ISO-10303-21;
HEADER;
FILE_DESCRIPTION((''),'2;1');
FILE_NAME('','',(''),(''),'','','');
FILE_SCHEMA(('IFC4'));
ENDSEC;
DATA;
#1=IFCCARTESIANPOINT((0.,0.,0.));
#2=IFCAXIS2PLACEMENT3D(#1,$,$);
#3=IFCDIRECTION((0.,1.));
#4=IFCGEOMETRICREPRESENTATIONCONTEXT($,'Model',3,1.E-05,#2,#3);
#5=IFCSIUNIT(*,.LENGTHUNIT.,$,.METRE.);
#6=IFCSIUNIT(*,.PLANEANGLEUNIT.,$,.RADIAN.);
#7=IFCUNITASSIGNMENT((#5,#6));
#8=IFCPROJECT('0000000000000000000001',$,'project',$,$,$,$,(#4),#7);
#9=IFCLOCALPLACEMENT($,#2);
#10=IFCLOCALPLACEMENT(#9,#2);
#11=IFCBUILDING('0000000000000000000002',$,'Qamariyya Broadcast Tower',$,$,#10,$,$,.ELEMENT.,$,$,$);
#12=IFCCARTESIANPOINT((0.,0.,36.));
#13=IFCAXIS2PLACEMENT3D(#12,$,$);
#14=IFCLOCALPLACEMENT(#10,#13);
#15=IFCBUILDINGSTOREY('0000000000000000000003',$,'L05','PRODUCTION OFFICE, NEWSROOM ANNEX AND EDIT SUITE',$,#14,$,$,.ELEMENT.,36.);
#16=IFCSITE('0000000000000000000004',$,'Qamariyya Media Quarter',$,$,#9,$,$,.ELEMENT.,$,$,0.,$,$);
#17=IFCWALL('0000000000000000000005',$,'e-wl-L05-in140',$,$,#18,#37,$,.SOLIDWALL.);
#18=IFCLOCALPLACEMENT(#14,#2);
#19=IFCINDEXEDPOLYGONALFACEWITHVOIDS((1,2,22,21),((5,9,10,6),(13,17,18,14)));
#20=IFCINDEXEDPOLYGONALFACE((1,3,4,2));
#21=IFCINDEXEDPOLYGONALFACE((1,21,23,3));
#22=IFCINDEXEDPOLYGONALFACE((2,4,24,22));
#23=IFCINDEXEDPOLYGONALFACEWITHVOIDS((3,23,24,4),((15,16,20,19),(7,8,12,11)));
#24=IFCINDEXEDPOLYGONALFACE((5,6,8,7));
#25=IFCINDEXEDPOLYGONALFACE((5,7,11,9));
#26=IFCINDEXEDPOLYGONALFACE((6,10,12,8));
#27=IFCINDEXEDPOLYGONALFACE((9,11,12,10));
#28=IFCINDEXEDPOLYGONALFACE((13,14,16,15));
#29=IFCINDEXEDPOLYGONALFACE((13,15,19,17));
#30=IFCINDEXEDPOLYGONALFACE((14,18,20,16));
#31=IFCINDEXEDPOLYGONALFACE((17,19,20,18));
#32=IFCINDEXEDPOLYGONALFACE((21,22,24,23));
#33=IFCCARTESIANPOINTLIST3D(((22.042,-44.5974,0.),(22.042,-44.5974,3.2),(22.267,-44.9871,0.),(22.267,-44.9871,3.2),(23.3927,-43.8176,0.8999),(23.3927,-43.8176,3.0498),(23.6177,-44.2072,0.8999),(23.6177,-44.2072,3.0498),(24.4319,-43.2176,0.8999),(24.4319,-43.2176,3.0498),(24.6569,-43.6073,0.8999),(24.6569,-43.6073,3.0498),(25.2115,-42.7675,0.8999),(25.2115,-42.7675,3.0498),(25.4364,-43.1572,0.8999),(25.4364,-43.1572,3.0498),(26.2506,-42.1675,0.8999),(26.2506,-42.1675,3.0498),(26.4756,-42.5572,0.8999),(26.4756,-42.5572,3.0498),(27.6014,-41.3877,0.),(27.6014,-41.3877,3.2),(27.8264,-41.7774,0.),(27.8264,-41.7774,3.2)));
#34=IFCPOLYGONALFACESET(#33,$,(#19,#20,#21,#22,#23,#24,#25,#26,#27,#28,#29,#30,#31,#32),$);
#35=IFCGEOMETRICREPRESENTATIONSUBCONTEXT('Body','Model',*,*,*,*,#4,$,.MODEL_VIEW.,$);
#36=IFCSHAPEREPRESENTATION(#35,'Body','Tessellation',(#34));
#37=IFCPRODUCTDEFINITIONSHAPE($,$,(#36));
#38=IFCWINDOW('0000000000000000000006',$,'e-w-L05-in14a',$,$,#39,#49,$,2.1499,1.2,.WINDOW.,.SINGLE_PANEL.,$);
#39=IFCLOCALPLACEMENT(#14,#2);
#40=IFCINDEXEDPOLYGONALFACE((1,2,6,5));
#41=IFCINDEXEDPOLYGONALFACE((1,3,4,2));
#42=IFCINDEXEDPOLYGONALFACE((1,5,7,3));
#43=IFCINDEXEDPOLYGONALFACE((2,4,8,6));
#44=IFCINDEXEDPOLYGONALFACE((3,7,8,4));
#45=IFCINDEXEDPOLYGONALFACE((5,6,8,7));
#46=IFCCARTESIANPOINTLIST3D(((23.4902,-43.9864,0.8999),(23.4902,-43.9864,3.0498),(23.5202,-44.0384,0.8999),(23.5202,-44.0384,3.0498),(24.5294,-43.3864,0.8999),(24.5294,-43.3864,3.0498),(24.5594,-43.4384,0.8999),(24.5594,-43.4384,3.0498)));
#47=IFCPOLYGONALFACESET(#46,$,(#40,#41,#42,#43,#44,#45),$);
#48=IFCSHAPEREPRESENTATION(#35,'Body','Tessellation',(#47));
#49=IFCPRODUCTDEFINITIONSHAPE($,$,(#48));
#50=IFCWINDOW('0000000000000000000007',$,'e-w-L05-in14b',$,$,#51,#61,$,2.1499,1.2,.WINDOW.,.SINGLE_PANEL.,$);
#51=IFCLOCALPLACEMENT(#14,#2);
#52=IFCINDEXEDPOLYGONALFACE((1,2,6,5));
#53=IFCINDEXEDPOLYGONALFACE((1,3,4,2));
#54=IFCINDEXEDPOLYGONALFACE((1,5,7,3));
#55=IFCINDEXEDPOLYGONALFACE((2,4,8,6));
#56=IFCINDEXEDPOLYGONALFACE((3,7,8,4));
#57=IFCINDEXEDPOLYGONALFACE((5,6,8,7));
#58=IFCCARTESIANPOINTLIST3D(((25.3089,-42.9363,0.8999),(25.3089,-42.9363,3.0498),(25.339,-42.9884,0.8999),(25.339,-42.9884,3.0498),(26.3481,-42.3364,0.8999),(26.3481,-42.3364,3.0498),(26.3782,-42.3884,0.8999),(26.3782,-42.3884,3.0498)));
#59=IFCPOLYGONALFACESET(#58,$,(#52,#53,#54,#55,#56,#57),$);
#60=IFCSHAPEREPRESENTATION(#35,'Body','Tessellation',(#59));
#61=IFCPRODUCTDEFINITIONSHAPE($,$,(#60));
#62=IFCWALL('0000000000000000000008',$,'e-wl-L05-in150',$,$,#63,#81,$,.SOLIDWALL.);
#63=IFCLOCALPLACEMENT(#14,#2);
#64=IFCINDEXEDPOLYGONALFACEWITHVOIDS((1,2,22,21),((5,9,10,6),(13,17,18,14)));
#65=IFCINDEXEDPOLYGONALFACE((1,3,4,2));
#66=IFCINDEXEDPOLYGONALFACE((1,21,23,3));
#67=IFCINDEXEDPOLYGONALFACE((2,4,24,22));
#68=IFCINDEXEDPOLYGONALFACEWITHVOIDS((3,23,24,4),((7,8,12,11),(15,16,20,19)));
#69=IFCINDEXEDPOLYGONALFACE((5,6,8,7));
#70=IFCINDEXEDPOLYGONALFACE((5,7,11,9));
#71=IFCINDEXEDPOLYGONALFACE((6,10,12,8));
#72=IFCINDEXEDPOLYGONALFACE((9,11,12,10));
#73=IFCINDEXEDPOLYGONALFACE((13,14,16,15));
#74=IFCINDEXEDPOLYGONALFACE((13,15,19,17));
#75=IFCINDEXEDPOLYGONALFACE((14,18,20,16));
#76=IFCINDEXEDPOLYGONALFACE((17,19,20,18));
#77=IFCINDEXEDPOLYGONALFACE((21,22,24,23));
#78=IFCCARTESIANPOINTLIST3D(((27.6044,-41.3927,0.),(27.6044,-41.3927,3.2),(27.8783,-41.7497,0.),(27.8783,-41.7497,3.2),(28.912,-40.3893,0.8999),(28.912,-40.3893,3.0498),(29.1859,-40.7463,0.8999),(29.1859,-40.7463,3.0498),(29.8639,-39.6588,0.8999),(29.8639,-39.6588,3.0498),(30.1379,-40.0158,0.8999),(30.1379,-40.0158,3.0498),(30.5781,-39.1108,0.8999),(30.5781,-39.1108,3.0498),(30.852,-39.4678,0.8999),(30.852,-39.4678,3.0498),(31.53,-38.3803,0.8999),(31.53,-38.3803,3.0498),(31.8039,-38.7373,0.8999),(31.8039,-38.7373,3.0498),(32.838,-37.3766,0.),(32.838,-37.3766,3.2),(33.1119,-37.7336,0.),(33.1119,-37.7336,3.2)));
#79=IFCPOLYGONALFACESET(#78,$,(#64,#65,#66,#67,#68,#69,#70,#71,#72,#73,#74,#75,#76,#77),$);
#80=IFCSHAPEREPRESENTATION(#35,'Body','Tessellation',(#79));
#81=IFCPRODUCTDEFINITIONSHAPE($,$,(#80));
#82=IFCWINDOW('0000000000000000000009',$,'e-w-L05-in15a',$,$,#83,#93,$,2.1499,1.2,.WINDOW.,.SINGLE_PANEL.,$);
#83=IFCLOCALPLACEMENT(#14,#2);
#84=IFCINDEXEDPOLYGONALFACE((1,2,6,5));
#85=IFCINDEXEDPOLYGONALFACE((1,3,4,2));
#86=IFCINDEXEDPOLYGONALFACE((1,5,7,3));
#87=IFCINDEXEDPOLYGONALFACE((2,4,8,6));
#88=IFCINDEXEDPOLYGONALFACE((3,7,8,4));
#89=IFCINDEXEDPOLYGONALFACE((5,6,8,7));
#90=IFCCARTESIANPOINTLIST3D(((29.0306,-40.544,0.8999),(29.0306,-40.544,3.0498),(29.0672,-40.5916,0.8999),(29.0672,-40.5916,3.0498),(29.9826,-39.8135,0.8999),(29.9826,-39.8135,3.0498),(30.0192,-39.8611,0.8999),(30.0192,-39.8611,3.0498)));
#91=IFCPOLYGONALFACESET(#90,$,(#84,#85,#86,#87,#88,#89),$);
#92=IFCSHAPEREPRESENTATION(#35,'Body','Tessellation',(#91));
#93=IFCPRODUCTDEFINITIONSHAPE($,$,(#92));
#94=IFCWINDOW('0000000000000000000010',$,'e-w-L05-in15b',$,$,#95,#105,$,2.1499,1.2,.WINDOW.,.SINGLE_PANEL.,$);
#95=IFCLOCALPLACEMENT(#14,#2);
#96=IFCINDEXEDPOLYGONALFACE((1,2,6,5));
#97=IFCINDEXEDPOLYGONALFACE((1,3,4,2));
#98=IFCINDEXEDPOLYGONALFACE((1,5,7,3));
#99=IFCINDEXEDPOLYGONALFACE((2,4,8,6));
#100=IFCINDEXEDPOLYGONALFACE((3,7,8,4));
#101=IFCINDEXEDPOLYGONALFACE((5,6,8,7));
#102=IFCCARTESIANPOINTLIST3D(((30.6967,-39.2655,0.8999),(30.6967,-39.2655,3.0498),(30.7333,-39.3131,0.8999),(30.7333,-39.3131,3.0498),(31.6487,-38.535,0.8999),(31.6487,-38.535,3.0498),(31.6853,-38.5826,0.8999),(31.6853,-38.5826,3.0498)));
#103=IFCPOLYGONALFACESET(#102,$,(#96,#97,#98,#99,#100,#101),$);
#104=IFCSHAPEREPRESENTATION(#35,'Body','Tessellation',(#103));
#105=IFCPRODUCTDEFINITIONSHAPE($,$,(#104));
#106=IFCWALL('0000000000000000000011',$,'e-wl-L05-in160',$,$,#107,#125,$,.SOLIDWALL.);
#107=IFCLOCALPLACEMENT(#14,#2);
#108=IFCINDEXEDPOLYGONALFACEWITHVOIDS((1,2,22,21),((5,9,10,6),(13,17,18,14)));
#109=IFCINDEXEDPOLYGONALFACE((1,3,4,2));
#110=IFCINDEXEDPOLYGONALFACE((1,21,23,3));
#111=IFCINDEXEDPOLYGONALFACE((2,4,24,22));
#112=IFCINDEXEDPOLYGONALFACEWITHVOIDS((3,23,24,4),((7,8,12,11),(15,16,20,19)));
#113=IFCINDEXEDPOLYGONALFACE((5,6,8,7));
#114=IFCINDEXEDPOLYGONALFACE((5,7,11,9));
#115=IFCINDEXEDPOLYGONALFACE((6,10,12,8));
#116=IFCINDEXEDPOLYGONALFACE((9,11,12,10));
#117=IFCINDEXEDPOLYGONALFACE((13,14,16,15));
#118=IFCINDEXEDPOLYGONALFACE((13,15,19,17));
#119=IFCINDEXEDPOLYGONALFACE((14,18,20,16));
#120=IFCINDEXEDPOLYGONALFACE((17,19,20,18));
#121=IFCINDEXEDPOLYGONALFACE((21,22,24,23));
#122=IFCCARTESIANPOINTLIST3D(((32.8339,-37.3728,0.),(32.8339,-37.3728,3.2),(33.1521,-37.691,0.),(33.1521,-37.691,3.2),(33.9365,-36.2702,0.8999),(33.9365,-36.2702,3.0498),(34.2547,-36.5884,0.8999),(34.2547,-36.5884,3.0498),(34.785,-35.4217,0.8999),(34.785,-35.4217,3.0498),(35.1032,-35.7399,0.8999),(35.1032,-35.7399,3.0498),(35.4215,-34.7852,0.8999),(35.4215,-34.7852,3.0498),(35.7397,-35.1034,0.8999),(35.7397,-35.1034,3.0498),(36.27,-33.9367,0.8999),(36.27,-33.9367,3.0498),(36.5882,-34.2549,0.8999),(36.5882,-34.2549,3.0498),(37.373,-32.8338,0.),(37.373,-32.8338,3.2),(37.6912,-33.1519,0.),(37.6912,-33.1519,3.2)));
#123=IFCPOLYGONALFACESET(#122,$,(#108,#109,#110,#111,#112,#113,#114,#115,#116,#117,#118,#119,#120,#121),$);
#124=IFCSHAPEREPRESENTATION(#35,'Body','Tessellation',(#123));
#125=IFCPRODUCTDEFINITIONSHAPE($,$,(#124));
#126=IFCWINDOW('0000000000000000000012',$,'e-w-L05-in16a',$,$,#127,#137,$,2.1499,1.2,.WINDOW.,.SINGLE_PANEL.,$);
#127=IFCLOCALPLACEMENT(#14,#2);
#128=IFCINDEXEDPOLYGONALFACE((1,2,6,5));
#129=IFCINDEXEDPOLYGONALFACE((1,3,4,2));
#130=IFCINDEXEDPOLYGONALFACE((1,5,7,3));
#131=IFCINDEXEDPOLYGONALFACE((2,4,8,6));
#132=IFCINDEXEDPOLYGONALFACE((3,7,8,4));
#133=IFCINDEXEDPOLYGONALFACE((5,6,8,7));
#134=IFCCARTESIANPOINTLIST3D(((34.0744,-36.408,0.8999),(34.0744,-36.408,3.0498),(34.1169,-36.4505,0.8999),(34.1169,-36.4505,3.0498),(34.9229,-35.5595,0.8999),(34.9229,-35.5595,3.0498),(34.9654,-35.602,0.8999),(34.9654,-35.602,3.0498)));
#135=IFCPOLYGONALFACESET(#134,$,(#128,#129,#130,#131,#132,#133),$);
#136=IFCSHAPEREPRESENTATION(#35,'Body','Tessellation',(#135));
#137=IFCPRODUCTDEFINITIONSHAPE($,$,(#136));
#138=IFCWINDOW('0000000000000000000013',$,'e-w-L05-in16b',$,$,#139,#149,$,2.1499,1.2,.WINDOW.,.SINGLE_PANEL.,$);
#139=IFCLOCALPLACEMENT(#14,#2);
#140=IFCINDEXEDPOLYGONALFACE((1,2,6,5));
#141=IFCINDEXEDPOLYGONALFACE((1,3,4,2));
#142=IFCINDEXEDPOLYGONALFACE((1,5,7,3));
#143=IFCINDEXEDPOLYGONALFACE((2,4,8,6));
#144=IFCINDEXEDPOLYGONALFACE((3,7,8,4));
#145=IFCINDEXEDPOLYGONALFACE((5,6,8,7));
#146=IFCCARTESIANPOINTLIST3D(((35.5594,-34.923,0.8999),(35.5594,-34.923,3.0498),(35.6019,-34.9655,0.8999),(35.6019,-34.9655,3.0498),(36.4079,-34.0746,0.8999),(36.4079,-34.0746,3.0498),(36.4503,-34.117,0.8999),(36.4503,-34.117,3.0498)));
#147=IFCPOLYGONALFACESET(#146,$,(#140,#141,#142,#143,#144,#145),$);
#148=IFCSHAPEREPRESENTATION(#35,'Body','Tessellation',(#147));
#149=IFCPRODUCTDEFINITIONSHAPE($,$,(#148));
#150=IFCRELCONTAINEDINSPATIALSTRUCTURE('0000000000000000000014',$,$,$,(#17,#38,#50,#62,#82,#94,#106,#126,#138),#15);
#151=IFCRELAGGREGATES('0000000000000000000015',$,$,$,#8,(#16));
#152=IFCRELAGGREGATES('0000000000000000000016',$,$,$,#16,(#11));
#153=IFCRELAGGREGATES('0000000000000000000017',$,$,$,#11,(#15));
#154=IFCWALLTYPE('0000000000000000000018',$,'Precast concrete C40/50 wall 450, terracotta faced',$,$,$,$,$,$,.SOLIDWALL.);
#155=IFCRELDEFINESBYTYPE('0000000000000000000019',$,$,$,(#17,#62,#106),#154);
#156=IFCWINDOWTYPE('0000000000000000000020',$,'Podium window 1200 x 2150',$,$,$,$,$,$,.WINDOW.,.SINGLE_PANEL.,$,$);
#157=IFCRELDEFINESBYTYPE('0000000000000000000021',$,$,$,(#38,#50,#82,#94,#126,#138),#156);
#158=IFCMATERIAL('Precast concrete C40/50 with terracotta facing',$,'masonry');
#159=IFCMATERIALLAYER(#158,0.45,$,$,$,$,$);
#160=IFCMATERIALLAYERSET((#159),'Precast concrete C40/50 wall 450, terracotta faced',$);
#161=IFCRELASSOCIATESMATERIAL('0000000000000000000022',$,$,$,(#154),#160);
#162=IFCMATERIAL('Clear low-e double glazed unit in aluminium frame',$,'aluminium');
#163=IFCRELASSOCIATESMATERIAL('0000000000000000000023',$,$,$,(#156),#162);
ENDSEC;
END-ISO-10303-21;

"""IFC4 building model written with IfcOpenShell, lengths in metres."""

from ifc_helpers import new_model, si_unit, direction, frame, frame_2d, origin, place, context, subcontext, project, spatial, rectangle, extrude, material, layer, layer_set, type_object, element, fill, save


model = new_model("IFC4")

# Units and contexts
model_context = context("Model", 3, precision=1e-05, world=origin(), true_north=direction((0.0, 1.0)))
body_context = subcontext(model_context, "Body", "Model", "MODEL_VIEW")
ifc_project = project(units=[si_unit("LENGTHUNIT", "METRE"), si_unit("PLANEANGLEUNIT", "RADIAN")], contexts=[model_context])

# Site, building, storey
site_placement = place(None, origin())
site = spatial("IfcSite", under=ifc_project, at=site_placement, Name="Qamariyya Media Quarter", CompositionType="ELEMENT", RefElevation=0.0)
building_placement = place(site_placement, origin())
building = spatial("IfcBuilding", under=site, at=building_placement, Name="Qamariyya Broadcast Tower", CompositionType="ELEMENT")
storey_placement = place(building_placement, frame((0.0, 0.0, 36.0)))
storey = spatial("IfcBuildingStorey", under=building, at=storey_placement, Name="L05", Description="PRODUCTION OFFICE, NEWSROOM ANNEX AND EDIT SUITE", CompositionType="ELEMENT", Elevation=36.0)

# Walls, openings, windows
ifc_material_1 = material(Name="Precast concrete C40/50 with terracotta facing", Category="masonry")
ifc_layer_1 = layer(ifc_material_1, 0.45)
ifc_layer_set_1 = layer_set([ifc_layer_1], Name="Precast concrete C40/50 wall 450, terracotta faced")
wall_type_1 = type_object("IfcWallType", Name="Precast concrete C40/50 wall 450, terracotta faced", PredefinedType="SOLIDWALL", material=ifc_layer_set_1)
wall_1_placement = place(storey_placement, frame((27.7139, -41.5825, 0.0), z_axis=(0.0, 0.0, 1.0), x_axis=(-0.866023, -0.500004, 0.0)))
wall_1 = element("IfcWall", 1, at=wall_1_placement, inside=storey, type_object=wall_type_1, Name="e-wl-L05-in140", PredefinedType="SOLIDWALL", context=body_context, shape_type="SweptSolid", body=[
    extrude(rectangle(XDim=6.4194, YDim=0.45, at=frame_2d((3.2097, 0.0))), origin(), (0.0, 0.0, 1.0), 3.2),
])
opening_1_placement = place(wall_1_placement, frame((3.6597, 0.0, 0.8999)))
opening_1 = element("IfcOpeningElement", 2, at=opening_1_placement, cuts=wall_1, PredefinedType="OPENING", context=body_context, shape_type="SweptSolid", body=[
    extrude(rectangle(XDim=1.2, YDim=2.1499, at=frame_2d((0.6001, 1.075))), frame((0.0, 0.2349, 0.0), z_axis=(0.0, -1.0, 0.0), x_axis=(1.0, 0.0, 0.0)), (0.0, 0.0, 1.0), 0.47),
])
opening_2_placement = place(wall_1_placement, frame((1.5596, 0.0, 0.8999)))
opening_2 = element("IfcOpeningElement", 3, at=opening_2_placement, cuts=wall_1, PredefinedType="OPENING", context=body_context, shape_type="SweptSolid", body=[
    extrude(rectangle(XDim=1.2, YDim=2.1499, at=frame_2d((0.6001, 1.075))), frame((0.0, 0.2349, 0.0), z_axis=(0.0, -1.0, 0.0), x_axis=(1.0, 0.0, 0.0)), (0.0, 0.0, 1.0), 0.47),
])
ifc_material_2 = material(Name="Clear low-e double glazed unit in aluminium frame", Category="aluminium")
window_type = type_object("IfcWindowType", Name="Podium window 1200 x 2150", PartitioningType="SINGLE_PANEL", PredefinedType="WINDOW", material=ifc_material_2)
window_1_placement = place(opening_1_placement, origin())
window_1 = element("IfcWindow", 4, at=window_1_placement, inside=storey, type_object=window_type, Name="e-w-L05-in14a", OverallHeight=2.1499, OverallWidth=1.2, PartitioningType="SINGLE_PANEL", PredefinedType="WINDOW", context=body_context, shape_type="SweptSolid", body=[
    extrude(rectangle(XDim=1.2, YDim=2.1499, at=frame_2d((0.6001, 1.075))), frame((0.0, 0.03, 0.0), z_axis=(0.0, -1.0, 0.0), x_axis=(1.0, 0.0, 0.0)), (0.0, 0.0, 1.0), 0.0601),
])
fill(opening_1, window_1)
window_2_placement = place(opening_2_placement, origin())
window_2 = element("IfcWindow", 5, at=window_2_placement, inside=storey, type_object=window_type, Name="e-w-L05-in14b", OverallHeight=2.1499, OverallWidth=1.2, PartitioningType="SINGLE_PANEL", PredefinedType="WINDOW", context=body_context, shape_type="SweptSolid", body=[
    extrude(rectangle(XDim=1.2, YDim=2.1499, at=frame_2d((0.6001, 1.075))), frame((0.0, 0.03, 0.0), z_axis=(0.0, -1.0, 0.0), x_axis=(1.0, 0.0, 0.0)), (0.0, 0.0, 1.0), 0.0601),
])
fill(opening_2, window_2)
wall_2_placement = place(storey_placement, frame((32.9749, -37.5552, 0.0), z_axis=(0.0, 0.0, 1.0), x_axis=(-0.793339, -0.60878, 0.0)))
wall_2 = element("IfcWall", 6, at=wall_2_placement, inside=storey, type_object=wall_type_1, Name="e-wl-L05-in150", PredefinedType="SOLIDWALL", context=body_context, shape_type="SweptSolid", body=[
    extrude(rectangle(XDim=6.5969, YDim=0.45, at=frame_2d((3.2983, 0.0))), origin(), (0.0, 0.0, 1.0), 3.2),
])
opening_3_placement = place(wall_2_placement, frame((3.7485, 0.0, 0.8999)))
opening_3 = element("IfcOpeningElement", 7, at=opening_3_placement, cuts=wall_2, PredefinedType="OPENING", context=body_context, shape_type="SweptSolid", body=[
    extrude(rectangle(XDim=1.2, YDim=2.1499, at=frame_2d((0.6001, 1.075))), frame((0.0, 0.2349, 0.0), z_axis=(0.0, -1.0, 0.0), x_axis=(1.0, 0.0, 0.0)), (0.0, 0.0, 1.0), 0.47),
])
opening_4_placement = place(wall_2_placement, frame((1.6484, 0.0, 0.8999)))
opening_4 = element("IfcOpeningElement", 8, at=opening_4_placement, cuts=wall_2, PredefinedType="OPENING", context=body_context, shape_type="SweptSolid", body=[
    extrude(rectangle(XDim=1.2, YDim=2.1499, at=frame_2d((0.6001, 1.075))), frame((0.0, 0.2349, 0.0), z_axis=(0.0, -1.0, 0.0), x_axis=(1.0, 0.0, 0.0)), (0.0, 0.0, 1.0), 0.47),
])
window_3_placement = place(opening_3_placement, origin())
window_3 = element("IfcWindow", 9, at=window_3_placement, inside=storey, type_object=window_type, Name="e-w-L05-in15a", OverallHeight=2.1499, OverallWidth=1.2, PartitioningType="SINGLE_PANEL", PredefinedType="WINDOW", context=body_context, shape_type="SweptSolid", body=[
    extrude(rectangle(XDim=1.2, YDim=2.1499, at=frame_2d((0.6001, 1.075))), frame((0.0, 0.03, 0.0), z_axis=(0.0, -1.0, 0.0), x_axis=(1.0, 0.0, 0.0)), (0.0, 0.0, 1.0), 0.0601),
])
fill(opening_3, window_3)
window_4_placement = place(opening_4_placement, origin())
window_4 = element("IfcWindow", 10, at=window_4_placement, inside=storey, type_object=window_type, Name="e-w-L05-in15b", OverallHeight=2.1499, OverallWidth=1.2, PartitioningType="SINGLE_PANEL", PredefinedType="WINDOW", context=body_context, shape_type="SweptSolid", body=[
    extrude(rectangle(XDim=1.2, YDim=2.1499, at=frame_2d((0.6001, 1.075))), frame((0.0, 0.03, 0.0), z_axis=(0.0, -1.0, 0.0), x_axis=(1.0, 0.0, 0.0)), (0.0, 0.0, 1.0), 0.0601),
])
fill(opening_4, window_4)
wall_3_placement = place(storey_placement, frame((37.532, -32.9929, 0.0), z_axis=(0.0, 0.0, 1.0), x_axis=(-0.707107, -0.707107, 0.0)))
wall_3 = element("IfcWall", 11, at=wall_3_placement, inside=storey, type_object=wall_type_1, Name="e-wl-L05-in160", PredefinedType="SOLIDWALL", context=body_context, shape_type="SweptSolid", body=[
    extrude(rectangle(XDim=6.4192, YDim=0.45, at=frame_2d((3.2095, 0.0))), origin(), (0.0, 0.0, 1.0), 3.2),
])
opening_5_placement = place(wall_3_placement, frame((3.6597, 0.0, 0.8999)))
opening_5 = element("IfcOpeningElement", 12, at=opening_5_placement, cuts=wall_3, PredefinedType="OPENING", context=body_context, shape_type="SweptSolid", body=[
    extrude(rectangle(XDim=1.2, YDim=2.1499, at=frame_2d((0.6001, 1.075))), frame((0.0, 0.2349, 0.0), z_axis=(0.0, -1.0, 0.0), x_axis=(1.0, 0.0, 0.0)), (0.0, 0.0, 1.0), 0.47),
])
opening_6_placement = place(wall_3_placement, frame((1.5596, 0.0, 0.8999)))
opening_6 = element("IfcOpeningElement", 13, at=opening_6_placement, cuts=wall_3, PredefinedType="OPENING", context=body_context, shape_type="SweptSolid", body=[
    extrude(rectangle(XDim=1.2, YDim=2.1499, at=frame_2d((0.6001, 1.075))), frame((0.0, 0.2349, 0.0), z_axis=(0.0, -1.0, 0.0), x_axis=(1.0, 0.0, 0.0)), (0.0, 0.0, 1.0), 0.47),
])
window_5_placement = place(opening_5_placement, origin())
window_5 = element("IfcWindow", 14, at=window_5_placement, inside=storey, type_object=window_type, Name="e-w-L05-in16a", OverallHeight=2.1499, OverallWidth=1.2, PartitioningType="SINGLE_PANEL", PredefinedType="WINDOW", context=body_context, shape_type="SweptSolid", body=[
    extrude(rectangle(XDim=1.2, YDim=2.1499, at=frame_2d((0.6001, 1.075))), frame((0.0, 0.03, 0.0), z_axis=(0.0, -1.0, 0.0), x_axis=(1.0, 0.0, 0.0)), (0.0, 0.0, 1.0), 0.0601),
])
fill(opening_5, window_5)
window_6_placement = place(opening_6_placement, origin())
window_6 = element("IfcWindow", 15, at=window_6_placement, inside=storey, type_object=window_type, Name="e-w-L05-in16b", OverallHeight=2.1499, OverallWidth=1.2, PartitioningType="SINGLE_PANEL", PredefinedType="WINDOW", context=body_context, shape_type="SweptSolid", body=[
    extrude(rectangle(XDim=1.2, YDim=2.1499, at=frame_2d((0.6001, 1.075))), frame((0.0, 0.03, 0.0), z_axis=(0.0, -1.0, 0.0), x_axis=(1.0, 0.0, 0.0)), (0.0, 0.0, 1.0), 0.0601),
])
fill(opening_6, window_6)

save(model, "model.ifc")
